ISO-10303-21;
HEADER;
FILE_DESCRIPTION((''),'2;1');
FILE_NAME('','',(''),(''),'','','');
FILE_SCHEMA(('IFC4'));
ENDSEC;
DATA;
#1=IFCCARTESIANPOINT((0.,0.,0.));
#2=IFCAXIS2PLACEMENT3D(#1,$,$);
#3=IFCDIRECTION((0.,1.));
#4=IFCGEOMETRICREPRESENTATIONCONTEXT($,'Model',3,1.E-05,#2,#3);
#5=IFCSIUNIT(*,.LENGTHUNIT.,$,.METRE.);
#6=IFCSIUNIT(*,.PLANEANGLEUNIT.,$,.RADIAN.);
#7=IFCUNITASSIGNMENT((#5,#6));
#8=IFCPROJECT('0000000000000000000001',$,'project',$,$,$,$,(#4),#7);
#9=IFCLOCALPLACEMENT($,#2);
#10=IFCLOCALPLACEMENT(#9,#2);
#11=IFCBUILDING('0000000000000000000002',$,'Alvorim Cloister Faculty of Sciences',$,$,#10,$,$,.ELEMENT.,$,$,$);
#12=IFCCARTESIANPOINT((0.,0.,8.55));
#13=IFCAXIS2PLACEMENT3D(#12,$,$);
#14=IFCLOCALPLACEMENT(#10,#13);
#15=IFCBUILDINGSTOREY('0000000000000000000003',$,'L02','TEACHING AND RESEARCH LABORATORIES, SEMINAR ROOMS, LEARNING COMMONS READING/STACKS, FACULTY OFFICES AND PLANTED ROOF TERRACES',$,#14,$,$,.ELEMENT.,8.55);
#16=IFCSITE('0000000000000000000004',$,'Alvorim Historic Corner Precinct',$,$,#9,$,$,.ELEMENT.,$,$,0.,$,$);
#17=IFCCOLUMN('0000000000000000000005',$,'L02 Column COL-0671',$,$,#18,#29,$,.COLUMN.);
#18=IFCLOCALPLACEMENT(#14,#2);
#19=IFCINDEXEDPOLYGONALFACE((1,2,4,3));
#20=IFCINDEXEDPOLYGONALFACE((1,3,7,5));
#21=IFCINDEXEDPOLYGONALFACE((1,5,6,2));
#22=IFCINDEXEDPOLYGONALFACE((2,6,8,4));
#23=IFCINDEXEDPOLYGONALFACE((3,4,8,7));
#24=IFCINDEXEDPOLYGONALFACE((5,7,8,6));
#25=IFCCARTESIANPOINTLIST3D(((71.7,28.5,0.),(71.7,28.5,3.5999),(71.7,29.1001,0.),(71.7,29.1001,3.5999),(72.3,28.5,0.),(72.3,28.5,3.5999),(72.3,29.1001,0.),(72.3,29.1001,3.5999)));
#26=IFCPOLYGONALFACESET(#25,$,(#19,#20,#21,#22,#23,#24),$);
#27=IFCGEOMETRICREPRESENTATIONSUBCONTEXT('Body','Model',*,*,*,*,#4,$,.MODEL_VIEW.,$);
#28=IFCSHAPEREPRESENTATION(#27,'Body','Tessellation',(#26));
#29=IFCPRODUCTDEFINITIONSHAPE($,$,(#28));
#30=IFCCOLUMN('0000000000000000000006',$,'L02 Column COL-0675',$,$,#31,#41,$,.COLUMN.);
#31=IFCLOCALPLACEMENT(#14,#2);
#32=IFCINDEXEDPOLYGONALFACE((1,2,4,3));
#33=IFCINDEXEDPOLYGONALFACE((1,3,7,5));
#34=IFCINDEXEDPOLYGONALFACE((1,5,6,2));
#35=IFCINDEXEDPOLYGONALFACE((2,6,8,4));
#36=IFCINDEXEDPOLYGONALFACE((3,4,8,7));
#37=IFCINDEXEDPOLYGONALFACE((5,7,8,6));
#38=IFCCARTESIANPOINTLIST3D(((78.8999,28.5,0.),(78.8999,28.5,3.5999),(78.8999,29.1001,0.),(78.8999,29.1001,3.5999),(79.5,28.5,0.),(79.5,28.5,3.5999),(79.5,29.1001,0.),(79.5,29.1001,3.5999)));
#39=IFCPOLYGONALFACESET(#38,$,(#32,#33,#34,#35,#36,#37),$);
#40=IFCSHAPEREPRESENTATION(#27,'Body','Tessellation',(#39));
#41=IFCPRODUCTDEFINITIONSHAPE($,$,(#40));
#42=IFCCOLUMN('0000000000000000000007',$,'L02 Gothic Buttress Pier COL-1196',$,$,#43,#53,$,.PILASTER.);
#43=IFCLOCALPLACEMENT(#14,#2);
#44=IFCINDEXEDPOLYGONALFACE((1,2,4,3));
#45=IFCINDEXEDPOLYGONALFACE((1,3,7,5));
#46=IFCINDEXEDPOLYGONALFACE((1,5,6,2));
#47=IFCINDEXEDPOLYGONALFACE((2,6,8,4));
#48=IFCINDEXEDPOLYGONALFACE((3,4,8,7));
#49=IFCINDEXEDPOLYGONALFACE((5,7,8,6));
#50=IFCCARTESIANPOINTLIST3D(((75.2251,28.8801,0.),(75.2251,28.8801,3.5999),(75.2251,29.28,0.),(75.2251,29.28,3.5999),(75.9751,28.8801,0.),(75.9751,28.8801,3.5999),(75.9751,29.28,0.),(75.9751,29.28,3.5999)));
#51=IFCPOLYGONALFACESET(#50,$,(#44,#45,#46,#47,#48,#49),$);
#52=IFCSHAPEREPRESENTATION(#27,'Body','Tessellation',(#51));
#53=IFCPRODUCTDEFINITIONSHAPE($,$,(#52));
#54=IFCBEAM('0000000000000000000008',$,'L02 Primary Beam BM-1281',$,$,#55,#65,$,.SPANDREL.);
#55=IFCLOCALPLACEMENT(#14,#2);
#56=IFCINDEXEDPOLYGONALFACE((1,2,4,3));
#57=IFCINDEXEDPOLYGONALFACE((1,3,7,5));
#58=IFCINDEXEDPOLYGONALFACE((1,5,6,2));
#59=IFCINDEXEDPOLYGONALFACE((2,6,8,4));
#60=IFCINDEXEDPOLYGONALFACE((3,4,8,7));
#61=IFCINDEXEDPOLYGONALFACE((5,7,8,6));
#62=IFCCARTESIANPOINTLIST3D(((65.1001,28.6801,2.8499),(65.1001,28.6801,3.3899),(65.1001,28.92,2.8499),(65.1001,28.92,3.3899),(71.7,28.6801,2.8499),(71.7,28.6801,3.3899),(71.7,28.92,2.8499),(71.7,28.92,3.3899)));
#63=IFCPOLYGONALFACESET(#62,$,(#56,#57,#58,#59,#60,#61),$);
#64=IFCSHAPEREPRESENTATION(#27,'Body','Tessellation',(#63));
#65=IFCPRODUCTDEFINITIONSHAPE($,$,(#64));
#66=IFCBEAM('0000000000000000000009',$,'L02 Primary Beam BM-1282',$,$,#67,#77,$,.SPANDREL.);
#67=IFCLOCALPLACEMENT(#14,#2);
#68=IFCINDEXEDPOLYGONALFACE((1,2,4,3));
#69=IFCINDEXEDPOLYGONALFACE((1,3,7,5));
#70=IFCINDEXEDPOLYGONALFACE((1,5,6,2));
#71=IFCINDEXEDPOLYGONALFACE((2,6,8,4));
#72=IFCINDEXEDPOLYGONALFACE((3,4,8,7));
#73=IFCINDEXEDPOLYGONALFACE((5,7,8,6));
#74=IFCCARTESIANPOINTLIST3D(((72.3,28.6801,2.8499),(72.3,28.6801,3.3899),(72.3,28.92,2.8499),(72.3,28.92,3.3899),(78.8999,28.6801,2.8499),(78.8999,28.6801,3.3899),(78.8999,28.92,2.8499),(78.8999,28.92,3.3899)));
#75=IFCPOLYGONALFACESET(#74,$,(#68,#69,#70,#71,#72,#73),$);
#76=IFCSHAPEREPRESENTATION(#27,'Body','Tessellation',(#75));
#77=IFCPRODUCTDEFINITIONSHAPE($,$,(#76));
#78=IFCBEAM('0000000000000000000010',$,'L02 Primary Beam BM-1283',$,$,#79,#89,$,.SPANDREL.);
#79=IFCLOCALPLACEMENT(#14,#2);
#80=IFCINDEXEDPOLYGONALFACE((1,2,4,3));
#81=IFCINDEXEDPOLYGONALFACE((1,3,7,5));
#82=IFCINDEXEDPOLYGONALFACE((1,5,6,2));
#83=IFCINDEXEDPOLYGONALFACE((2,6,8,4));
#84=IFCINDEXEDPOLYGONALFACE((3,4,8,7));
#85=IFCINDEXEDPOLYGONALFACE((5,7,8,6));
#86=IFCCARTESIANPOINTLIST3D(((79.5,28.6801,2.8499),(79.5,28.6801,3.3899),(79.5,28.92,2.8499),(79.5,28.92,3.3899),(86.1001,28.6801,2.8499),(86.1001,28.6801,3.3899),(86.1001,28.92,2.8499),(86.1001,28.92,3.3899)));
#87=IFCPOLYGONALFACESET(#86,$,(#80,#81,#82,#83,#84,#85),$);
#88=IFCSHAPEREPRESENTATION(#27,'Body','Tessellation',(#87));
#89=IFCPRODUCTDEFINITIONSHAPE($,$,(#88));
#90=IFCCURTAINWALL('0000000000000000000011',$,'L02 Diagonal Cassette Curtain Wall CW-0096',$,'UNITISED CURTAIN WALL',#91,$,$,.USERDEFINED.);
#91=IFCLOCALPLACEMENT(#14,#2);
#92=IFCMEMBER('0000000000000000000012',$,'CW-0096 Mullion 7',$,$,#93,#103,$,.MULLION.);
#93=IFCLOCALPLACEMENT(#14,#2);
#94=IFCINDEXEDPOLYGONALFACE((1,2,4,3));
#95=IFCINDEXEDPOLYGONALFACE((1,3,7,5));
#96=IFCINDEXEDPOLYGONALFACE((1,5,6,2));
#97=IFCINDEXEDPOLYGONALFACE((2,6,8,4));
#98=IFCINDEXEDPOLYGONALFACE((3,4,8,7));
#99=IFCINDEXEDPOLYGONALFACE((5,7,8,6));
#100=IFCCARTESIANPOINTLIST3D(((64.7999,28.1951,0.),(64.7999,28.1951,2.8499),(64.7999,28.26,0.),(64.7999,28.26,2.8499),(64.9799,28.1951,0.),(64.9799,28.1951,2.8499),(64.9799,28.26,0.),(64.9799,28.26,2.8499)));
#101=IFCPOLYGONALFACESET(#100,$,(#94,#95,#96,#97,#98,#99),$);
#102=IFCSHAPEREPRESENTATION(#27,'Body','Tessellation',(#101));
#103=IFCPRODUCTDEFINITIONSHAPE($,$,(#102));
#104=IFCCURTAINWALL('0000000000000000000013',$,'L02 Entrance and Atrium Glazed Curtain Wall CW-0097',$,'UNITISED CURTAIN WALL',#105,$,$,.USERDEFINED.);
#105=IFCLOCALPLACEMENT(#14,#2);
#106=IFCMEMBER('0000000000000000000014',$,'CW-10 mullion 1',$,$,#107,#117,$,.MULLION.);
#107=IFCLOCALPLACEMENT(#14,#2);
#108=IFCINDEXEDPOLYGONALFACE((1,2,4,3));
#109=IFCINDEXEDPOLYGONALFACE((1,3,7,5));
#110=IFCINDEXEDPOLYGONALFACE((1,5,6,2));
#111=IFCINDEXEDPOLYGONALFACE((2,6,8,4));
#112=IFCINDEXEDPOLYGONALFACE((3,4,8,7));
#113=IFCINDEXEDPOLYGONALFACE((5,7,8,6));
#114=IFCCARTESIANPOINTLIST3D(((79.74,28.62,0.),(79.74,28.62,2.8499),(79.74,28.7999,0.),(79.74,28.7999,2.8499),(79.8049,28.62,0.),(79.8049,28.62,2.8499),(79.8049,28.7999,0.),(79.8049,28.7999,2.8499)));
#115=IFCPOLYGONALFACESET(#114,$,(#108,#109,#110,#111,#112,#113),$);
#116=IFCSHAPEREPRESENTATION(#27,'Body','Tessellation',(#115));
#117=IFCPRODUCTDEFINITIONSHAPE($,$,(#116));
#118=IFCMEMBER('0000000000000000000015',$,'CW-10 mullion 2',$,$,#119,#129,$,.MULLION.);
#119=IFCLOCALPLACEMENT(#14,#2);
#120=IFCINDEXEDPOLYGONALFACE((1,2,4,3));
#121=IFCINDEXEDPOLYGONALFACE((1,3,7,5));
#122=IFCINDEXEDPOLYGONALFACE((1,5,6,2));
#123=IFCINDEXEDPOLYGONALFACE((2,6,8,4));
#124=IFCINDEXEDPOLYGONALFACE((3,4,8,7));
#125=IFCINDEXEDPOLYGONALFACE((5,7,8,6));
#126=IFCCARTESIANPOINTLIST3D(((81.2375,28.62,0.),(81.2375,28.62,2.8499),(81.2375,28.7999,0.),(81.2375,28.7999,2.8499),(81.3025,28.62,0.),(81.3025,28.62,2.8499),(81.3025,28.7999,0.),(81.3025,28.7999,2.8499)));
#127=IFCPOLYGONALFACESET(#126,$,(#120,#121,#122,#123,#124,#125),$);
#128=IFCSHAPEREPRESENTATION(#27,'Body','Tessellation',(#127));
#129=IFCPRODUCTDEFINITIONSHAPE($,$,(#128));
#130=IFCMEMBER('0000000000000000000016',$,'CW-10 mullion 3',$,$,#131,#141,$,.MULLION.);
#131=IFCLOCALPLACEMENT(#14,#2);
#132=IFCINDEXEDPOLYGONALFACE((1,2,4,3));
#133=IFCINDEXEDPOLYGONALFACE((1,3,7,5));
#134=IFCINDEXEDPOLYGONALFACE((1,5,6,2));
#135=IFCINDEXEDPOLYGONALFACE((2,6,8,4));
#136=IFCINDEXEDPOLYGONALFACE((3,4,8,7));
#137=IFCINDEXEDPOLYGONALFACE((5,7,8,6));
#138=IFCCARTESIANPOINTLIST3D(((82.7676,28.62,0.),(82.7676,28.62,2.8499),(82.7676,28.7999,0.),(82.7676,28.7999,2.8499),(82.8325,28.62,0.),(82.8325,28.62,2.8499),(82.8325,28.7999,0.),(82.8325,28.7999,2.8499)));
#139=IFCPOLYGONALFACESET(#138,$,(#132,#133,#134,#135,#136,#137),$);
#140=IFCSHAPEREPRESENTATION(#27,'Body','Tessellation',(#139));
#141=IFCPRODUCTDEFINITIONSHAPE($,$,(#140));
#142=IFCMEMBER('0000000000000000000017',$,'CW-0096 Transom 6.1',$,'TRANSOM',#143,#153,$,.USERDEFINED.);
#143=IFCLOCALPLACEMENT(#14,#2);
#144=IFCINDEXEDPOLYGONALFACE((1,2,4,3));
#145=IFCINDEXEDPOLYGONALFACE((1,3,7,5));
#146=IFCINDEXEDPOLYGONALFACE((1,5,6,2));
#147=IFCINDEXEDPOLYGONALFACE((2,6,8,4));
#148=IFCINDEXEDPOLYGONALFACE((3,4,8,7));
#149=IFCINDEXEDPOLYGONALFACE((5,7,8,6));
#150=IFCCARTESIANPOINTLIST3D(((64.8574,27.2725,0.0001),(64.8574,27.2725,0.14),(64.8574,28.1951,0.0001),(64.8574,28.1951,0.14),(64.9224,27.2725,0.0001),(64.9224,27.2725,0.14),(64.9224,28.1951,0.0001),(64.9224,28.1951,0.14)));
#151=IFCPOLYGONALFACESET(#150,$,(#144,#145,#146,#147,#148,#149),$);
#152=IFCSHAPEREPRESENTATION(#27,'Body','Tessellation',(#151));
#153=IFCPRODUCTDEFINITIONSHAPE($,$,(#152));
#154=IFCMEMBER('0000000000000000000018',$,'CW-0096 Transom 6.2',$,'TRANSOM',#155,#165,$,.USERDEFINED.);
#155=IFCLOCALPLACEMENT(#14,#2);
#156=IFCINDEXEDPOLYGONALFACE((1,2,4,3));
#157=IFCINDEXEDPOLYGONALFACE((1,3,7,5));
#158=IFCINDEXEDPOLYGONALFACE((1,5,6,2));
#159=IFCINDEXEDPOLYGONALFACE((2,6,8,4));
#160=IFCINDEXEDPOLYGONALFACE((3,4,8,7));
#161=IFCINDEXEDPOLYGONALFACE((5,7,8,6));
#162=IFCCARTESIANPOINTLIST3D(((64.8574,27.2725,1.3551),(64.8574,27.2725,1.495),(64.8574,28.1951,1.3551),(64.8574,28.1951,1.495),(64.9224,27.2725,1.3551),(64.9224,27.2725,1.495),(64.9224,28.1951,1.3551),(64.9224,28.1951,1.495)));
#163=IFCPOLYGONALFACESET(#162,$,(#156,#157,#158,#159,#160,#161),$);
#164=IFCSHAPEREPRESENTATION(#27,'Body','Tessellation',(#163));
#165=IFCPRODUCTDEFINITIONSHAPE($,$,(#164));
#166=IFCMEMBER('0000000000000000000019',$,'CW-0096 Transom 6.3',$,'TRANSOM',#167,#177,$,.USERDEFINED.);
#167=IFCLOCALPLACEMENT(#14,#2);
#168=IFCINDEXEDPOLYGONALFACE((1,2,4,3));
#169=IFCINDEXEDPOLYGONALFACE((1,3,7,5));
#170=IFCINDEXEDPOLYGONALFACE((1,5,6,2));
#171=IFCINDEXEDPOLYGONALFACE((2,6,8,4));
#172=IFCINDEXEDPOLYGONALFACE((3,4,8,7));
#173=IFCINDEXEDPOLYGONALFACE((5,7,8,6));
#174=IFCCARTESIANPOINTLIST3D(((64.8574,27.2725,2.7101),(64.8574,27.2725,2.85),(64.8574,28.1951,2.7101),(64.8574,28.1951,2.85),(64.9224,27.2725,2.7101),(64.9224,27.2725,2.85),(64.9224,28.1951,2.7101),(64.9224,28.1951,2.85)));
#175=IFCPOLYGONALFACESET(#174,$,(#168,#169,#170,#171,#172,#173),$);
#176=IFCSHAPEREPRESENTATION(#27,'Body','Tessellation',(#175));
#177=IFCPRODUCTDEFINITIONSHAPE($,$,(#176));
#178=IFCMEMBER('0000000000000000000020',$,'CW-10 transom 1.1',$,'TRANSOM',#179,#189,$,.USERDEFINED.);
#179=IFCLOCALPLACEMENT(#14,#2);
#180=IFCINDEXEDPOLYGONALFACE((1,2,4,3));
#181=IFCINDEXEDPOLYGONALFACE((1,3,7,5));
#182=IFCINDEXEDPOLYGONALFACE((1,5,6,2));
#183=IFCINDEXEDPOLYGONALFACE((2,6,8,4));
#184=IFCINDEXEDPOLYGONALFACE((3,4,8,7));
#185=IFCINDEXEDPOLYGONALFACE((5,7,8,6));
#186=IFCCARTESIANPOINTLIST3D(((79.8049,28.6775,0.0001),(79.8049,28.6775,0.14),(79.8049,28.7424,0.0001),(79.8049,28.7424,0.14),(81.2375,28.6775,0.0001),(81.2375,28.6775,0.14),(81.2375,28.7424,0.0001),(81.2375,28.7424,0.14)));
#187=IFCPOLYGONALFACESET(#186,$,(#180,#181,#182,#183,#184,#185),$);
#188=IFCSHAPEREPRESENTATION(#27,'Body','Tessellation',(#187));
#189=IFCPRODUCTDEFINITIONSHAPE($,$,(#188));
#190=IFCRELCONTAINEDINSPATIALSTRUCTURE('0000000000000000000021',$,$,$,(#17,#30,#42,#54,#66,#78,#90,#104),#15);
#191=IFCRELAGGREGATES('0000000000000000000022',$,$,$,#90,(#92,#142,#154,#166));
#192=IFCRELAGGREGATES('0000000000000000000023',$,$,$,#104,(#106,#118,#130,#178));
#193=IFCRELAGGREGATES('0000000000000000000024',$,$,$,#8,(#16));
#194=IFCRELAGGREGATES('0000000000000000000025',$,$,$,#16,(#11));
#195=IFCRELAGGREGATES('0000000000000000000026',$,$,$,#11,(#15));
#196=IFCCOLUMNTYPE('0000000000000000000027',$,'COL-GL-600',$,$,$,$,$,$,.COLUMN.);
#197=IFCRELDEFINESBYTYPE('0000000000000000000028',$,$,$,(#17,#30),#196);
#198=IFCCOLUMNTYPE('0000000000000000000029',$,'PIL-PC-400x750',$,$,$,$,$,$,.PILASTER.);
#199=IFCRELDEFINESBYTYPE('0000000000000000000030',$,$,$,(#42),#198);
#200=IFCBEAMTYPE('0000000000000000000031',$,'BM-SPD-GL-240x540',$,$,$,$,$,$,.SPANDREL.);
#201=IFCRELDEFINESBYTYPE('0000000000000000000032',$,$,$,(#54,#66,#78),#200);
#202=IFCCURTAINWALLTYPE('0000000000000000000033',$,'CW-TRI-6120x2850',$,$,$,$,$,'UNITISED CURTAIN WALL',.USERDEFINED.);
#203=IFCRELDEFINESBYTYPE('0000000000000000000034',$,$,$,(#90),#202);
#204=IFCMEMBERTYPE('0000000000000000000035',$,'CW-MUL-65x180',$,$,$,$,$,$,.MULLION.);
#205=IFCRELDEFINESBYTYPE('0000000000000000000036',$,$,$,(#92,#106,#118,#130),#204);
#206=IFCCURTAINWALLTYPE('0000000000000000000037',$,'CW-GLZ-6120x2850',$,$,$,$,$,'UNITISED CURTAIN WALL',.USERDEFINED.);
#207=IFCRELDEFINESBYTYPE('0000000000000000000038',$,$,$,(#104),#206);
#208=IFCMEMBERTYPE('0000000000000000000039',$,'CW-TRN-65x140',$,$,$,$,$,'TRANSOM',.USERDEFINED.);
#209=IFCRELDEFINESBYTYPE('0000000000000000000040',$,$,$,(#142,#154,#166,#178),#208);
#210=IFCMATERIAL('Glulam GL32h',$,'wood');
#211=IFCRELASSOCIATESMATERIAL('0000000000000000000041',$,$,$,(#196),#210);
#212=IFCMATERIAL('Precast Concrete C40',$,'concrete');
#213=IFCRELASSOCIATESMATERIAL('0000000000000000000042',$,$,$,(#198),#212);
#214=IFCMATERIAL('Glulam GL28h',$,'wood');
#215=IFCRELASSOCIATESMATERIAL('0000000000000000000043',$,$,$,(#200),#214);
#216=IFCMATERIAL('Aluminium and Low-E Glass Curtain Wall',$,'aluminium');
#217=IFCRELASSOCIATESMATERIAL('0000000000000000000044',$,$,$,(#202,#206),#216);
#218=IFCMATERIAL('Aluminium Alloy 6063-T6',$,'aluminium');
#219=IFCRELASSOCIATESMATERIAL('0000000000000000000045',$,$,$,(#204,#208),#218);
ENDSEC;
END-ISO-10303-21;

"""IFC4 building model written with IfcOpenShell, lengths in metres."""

from ifc_helpers import new_model, si_unit, direction, frame, origin, origin_2d, place, context, subcontext, project, spatial, rectangle, extrude, material, material_profile, profile_set, type_object, element, aggregate, save


model = new_model("IFC4")

# Units and contexts
model_context = context("Model", 3, precision=1e-05, world=origin(), true_north=direction((0.0, 1.0)))
body_context = subcontext(model_context, "Body", "Model", "MODEL_VIEW")
ifc_project = project(units=[si_unit("LENGTHUNIT", "METRE"), si_unit("PLANEANGLEUNIT", "RADIAN")], contexts=[model_context])

# Site, building, storey
site_placement = place(None, origin())
site = spatial("IfcSite", under=ifc_project, at=site_placement, Name="Alvorim Historic Corner Precinct", CompositionType="ELEMENT", RefElevation=0.0)
building_placement = place(site_placement, origin())
building = spatial("IfcBuilding", under=site, at=building_placement, Name="Alvorim Cloister Faculty of Sciences", CompositionType="ELEMENT")
storey_placement = place(building_placement, frame((0.0, 0.0, 8.55)))
storey = spatial("IfcBuildingStorey", under=building, at=storey_placement, Name="L02", Description="TEACHING AND RESEARCH LABORATORIES, SEMINAR ROOMS, LEARNING COMMONS READING/STACKS, FACULTY OFFICES AND PLANTED ROOF TERRACES", CompositionType="ELEMENT", Elevation=8.55)

# Columns
ifc_material_1 = material(Name="Glulam GL32h", Category="wood")
ifc_material_profile_1 = material_profile(ifc_material_1, rectangle(XDim=0.6001, YDim=0.6001, at=origin_2d()), Name="GL32-COL-600x600")
ifc_profile_set_1 = profile_set([ifc_material_profile_1], Name="Glulam GL32h")
column_type_1 = type_object("IfcColumnType", Name="COL-GL-600", PredefinedType="COLUMN", material=ifc_profile_set_1)
for number, where, z_axis, x_axis, name in (
    (1, (72.0, 28.8, 0.0), (0.0, 0.0, 1.0), (1.0, 0.0, 0.0), "L02 Column COL-0671"),
    (2, (79.2, 28.8, 0.0), (0.0, 0.0, 1.0), (1.0, 0.0, 0.0), "L02 Column COL-0675"),
):
    element("IfcColumn", number, at=place(storey_placement, frame(where, z_axis=z_axis, x_axis=x_axis)), inside=storey, type_object=column_type_1, Name=name, PredefinedType="COLUMN", context=body_context, shape_type="SweptSolid", body=[
        extrude(rectangle(XDim=0.6001, YDim=0.6001, at=origin_2d()), origin(), (0.0, 0.0, 1.0), 3.5999),
    ])
ifc_material_2 = material(Name="Precast Concrete C40", Category="concrete")
ifc_material_profile_2 = material_profile(ifc_material_2, rectangle(XDim=0.3999, YDim=0.75, at=origin_2d()), Name="RC40-PIL-400x750")
ifc_profile_set_2 = profile_set([ifc_material_profile_2], Name="Precast Concrete C40")
column_type_2 = type_object("IfcColumnType", Name="PIL-PC-400x750", PredefinedType="PILASTER", material=ifc_profile_set_2)
column_placement = place(storey_placement, frame((75.6001, 29.0801, 0.0), z_axis=(0.0, 0.0, 1.0), x_axis=(0.0, 1.0, 0.0)))
element("IfcColumn", 3, at=column_placement, inside=storey, type_object=column_type_2, Name="L02 Gothic Buttress Pier COL-1196", PredefinedType="PILASTER", context=body_context, shape_type="SweptSolid", body=[
    extrude(rectangle(XDim=0.3999, YDim=0.75, at=origin_2d()), origin(), (0.0, 0.0, 1.0), 3.5999),
])

# Beams
ifc_material_3 = material(Name="Glulam GL28h", Category="wood")
ifc_material_profile_3 = material_profile(ifc_material_3, rectangle(XDim=0.24, YDim=0.54, at=origin_2d()), Name="GL28-SPD-240x540")
ifc_profile_set_3 = profile_set([ifc_material_profile_3], Name="Glulam GL28h")
beam_type = type_object("IfcBeamType", Name="BM-SPD-GL-240x540", PredefinedType="SPANDREL", material=ifc_profile_set_3)
for number, where, z_axis, x_axis, name in (
    (4, (65.1001, 28.8, 3.1199), (1.0, 0.0, 0.0), (0.0, 1.0, 0.0), "L02 Primary Beam BM-1281"),
    (5, (72.3, 28.8, 3.1199), (1.0, 0.0, 0.0), (0.0, 1.0, 0.0), "L02 Primary Beam BM-1282"),
):
    element("IfcBeam", number, at=place(storey_placement, frame(where, z_axis=z_axis, x_axis=x_axis)), inside=storey, type_object=beam_type, Name=name, PredefinedType="SPANDREL", context=body_context, shape_type="SweptSolid", body=[
        extrude(rectangle(XDim=0.24, YDim=0.54, at=origin_2d()), origin(), (0.0, 0.0, 1.0), 6.5999),
    ])
beam_placement = place(storey_placement, frame((79.5, 28.8, 3.1199), z_axis=(1.0, 0.0, 0.0), x_axis=(0.0, 1.0, 0.0)))
element("IfcBeam", 6, at=beam_placement, inside=storey, type_object=beam_type, Name="L02 Primary Beam BM-1283", PredefinedType="SPANDREL", context=body_context, shape_type="SweptSolid", body=[
    extrude(rectangle(XDim=0.24, YDim=0.54, at=origin_2d()), origin(), (0.0, 0.0, 1.0), 6.6001),
])

# Curtain wall, member
ifc_material_4 = material(Name="Aluminium and Low-E Glass Curtain Wall", Category="aluminium")
curtain_wall_type_1 = type_object("IfcCurtainWallType", Name="CW-TRI-6120x2850", ElementType="UNITISED CURTAIN WALL", PredefinedType="USERDEFINED", material=ifc_material_4)
curtain_wall_1_placement = place(storey_placement, origin())
curtain_wall_1 = element("IfcCurtainWall", 7, at=curtain_wall_1_placement, inside=storey, type_object=curtain_wall_type_1, Name="L02 Diagonal Cassette Curtain Wall CW-0096", ObjectType="UNITISED CURTAIN WALL", PredefinedType="USERDEFINED")
ifc_material_5 = material(Name="Aluminium Alloy 6063-T6", Category="aluminium")
ifc_material_profile_4 = material_profile(ifc_material_5, rectangle(XDim=0.0649, YDim=0.1799, at=origin_2d()), Name="ALU-MUL-65x180")
ifc_profile_set_4 = profile_set([ifc_material_profile_4], Name="Aluminium Alloy 6063-T6")
member_type_1 = type_object("IfcMemberType", Name="CW-MUL-65x180", PredefinedType="MULLION", material=ifc_profile_set_4)
member_1_placement = place(storey_placement, frame((64.8899, 28.2275, 0.0), z_axis=(0.0, 0.0, 1.0), x_axis=(0.0, 1.0, 0.0)))
member_1 = element("IfcMember", 8, at=member_1_placement, type_object=member_type_1, Name="CW-0096 Mullion 7", PredefinedType="MULLION", context=body_context, shape_type="SweptSolid", body=[
    extrude(rectangle(XDim=0.0649, YDim=0.1799, at=origin_2d()), origin(), (0.0, 0.0, 1.0), 2.8499),
])

# Curtain wall, members
curtain_wall_type_2 = type_object("IfcCurtainWallType", Name="CW-GLZ-6120x2850", ElementType="UNITISED CURTAIN WALL", PredefinedType="USERDEFINED", material=ifc_material_4)
curtain_wall_2_placement = place(storey_placement, origin())
curtain_wall_2 = element("IfcCurtainWall", 9, at=curtain_wall_2_placement, inside=storey, type_object=curtain_wall_type_2, Name="L02 Entrance and Atrium Glazed Curtain Wall CW-0097", ObjectType="UNITISED CURTAIN WALL", PredefinedType="USERDEFINED")
member_2_placement = place(storey_placement, frame((79.7725, 28.71, 0.0), z_axis=(0.0, 0.0, 1.0), x_axis=(1.0, 0.0, 0.0)))
member_2 = element("IfcMember", 10, at=member_2_placement, type_object=member_type_1, Name="CW-10 mullion 1", PredefinedType="MULLION", context=body_context, shape_type="SweptSolid", body=[
    extrude(rectangle(XDim=0.0649, YDim=0.1799, at=origin_2d()), origin(), (0.0, 0.0, 1.0), 2.8499),
])
member_3_placement = place(storey_placement, frame((81.27, 28.71, 0.0), z_axis=(0.0, 0.0, 1.0), x_axis=(1.0, 0.0, 0.0)))
member_3 = element("IfcMember", 11, at=member_3_placement, type_object=member_type_1, Name="CW-10 mullion 2", PredefinedType="MULLION", context=body_context, shape_type="SweptSolid", body=[
    extrude(rectangle(XDim=0.0649, YDim=0.1799, at=origin_2d()), origin(), (0.0, 0.0, 1.0), 2.8499),
])
member_4_placement = place(storey_placement, frame((82.8, 28.71, 0.0), z_axis=(0.0, 0.0, 1.0), x_axis=(1.0, 0.0, 0.0)))
member_4 = element("IfcMember", 12, at=member_4_placement, type_object=member_type_1, Name="CW-10 mullion 3", PredefinedType="MULLION", context=body_context, shape_type="SweptSolid", body=[
    extrude(rectangle(XDim=0.0649, YDim=0.1799, at=origin_2d()), origin(), (0.0, 0.0, 1.0), 2.8499),
])

# Members
ifc_material_profile_5 = material_profile(ifc_material_5, rectangle(XDim=0.0649, YDim=0.1399, at=origin_2d()), Name="ALU-TRN-65x140")
ifc_profile_set_5 = profile_set([ifc_material_profile_5], Name="Aluminium Alloy 6063-T6")
member_type_2 = type_object("IfcMemberType", Name="CW-TRN-65x140", ElementType="TRANSOM", PredefinedType="USERDEFINED", material=ifc_profile_set_5)
member_5_placement = place(storey_placement, frame((64.8899, 27.2725, 0.0701), z_axis=(0.0, 1.0, 0.0), x_axis=(-1.0, 0.0, 0.0)))
member_5 = element("IfcMember", 13, at=member_5_placement, type_object=member_type_2, Name="CW-0096 Transom 6.1", ObjectType="TRANSOM", PredefinedType="USERDEFINED", context=body_context, shape_type="SweptSolid", body=[
    extrude(rectangle(XDim=0.0649, YDim=0.1399, at=origin_2d()), origin(), (0.0, 0.0, 1.0), 0.9226),
])
member_6_placement = place(storey_placement, frame((64.8899, 27.2725, 1.425), z_axis=(0.0, 1.0, 0.0), x_axis=(-1.0, 0.0, 0.0)))
member_6 = element("IfcMember", 14, at=member_6_placement, type_object=member_type_2, Name="CW-0096 Transom 6.2", ObjectType="TRANSOM", PredefinedType="USERDEFINED", context=body_context, shape_type="SweptSolid", body=[
    extrude(rectangle(XDim=0.0649, YDim=0.1399, at=origin_2d()), origin(), (0.0, 0.0, 1.0), 0.9226),
])
member_7_placement = place(storey_placement, frame((64.8899, 27.2725, 2.78), z_axis=(0.0, 1.0, 0.0), x_axis=(-1.0, 0.0, 0.0)))
member_7 = element("IfcMember", 15, at=member_7_placement, type_object=member_type_2, Name="CW-0096 Transom 6.3", ObjectType="TRANSOM", PredefinedType="USERDEFINED", context=body_context, shape_type="SweptSolid", body=[
    extrude(rectangle(XDim=0.0649, YDim=0.1399, at=origin_2d()), origin(), (0.0, 0.0, 1.0), 0.9226),
])
aggregate(curtain_wall_1, [member_1, member_5, member_6, member_7])
member_8_placement = place(storey_placement, frame((79.8049, 28.71, 0.0701), z_axis=(1.0, 0.0, 0.0), x_axis=(0.0, 1.0, 0.0)))
member_8 = element("IfcMember", 16, at=member_8_placement, type_object=member_type_2, Name="CW-10 transom 1.1", ObjectType="TRANSOM", PredefinedType="USERDEFINED", context=body_context, shape_type="SweptSolid", body=[
    extrude(rectangle(XDim=0.0649, YDim=0.1399, at=origin_2d()), origin(), (0.0, 0.0, 1.0), 1.4326),
])

aggregate(curtain_wall_2, [member_2, member_3, member_4, member_8])

save(model, "model.ifc")
